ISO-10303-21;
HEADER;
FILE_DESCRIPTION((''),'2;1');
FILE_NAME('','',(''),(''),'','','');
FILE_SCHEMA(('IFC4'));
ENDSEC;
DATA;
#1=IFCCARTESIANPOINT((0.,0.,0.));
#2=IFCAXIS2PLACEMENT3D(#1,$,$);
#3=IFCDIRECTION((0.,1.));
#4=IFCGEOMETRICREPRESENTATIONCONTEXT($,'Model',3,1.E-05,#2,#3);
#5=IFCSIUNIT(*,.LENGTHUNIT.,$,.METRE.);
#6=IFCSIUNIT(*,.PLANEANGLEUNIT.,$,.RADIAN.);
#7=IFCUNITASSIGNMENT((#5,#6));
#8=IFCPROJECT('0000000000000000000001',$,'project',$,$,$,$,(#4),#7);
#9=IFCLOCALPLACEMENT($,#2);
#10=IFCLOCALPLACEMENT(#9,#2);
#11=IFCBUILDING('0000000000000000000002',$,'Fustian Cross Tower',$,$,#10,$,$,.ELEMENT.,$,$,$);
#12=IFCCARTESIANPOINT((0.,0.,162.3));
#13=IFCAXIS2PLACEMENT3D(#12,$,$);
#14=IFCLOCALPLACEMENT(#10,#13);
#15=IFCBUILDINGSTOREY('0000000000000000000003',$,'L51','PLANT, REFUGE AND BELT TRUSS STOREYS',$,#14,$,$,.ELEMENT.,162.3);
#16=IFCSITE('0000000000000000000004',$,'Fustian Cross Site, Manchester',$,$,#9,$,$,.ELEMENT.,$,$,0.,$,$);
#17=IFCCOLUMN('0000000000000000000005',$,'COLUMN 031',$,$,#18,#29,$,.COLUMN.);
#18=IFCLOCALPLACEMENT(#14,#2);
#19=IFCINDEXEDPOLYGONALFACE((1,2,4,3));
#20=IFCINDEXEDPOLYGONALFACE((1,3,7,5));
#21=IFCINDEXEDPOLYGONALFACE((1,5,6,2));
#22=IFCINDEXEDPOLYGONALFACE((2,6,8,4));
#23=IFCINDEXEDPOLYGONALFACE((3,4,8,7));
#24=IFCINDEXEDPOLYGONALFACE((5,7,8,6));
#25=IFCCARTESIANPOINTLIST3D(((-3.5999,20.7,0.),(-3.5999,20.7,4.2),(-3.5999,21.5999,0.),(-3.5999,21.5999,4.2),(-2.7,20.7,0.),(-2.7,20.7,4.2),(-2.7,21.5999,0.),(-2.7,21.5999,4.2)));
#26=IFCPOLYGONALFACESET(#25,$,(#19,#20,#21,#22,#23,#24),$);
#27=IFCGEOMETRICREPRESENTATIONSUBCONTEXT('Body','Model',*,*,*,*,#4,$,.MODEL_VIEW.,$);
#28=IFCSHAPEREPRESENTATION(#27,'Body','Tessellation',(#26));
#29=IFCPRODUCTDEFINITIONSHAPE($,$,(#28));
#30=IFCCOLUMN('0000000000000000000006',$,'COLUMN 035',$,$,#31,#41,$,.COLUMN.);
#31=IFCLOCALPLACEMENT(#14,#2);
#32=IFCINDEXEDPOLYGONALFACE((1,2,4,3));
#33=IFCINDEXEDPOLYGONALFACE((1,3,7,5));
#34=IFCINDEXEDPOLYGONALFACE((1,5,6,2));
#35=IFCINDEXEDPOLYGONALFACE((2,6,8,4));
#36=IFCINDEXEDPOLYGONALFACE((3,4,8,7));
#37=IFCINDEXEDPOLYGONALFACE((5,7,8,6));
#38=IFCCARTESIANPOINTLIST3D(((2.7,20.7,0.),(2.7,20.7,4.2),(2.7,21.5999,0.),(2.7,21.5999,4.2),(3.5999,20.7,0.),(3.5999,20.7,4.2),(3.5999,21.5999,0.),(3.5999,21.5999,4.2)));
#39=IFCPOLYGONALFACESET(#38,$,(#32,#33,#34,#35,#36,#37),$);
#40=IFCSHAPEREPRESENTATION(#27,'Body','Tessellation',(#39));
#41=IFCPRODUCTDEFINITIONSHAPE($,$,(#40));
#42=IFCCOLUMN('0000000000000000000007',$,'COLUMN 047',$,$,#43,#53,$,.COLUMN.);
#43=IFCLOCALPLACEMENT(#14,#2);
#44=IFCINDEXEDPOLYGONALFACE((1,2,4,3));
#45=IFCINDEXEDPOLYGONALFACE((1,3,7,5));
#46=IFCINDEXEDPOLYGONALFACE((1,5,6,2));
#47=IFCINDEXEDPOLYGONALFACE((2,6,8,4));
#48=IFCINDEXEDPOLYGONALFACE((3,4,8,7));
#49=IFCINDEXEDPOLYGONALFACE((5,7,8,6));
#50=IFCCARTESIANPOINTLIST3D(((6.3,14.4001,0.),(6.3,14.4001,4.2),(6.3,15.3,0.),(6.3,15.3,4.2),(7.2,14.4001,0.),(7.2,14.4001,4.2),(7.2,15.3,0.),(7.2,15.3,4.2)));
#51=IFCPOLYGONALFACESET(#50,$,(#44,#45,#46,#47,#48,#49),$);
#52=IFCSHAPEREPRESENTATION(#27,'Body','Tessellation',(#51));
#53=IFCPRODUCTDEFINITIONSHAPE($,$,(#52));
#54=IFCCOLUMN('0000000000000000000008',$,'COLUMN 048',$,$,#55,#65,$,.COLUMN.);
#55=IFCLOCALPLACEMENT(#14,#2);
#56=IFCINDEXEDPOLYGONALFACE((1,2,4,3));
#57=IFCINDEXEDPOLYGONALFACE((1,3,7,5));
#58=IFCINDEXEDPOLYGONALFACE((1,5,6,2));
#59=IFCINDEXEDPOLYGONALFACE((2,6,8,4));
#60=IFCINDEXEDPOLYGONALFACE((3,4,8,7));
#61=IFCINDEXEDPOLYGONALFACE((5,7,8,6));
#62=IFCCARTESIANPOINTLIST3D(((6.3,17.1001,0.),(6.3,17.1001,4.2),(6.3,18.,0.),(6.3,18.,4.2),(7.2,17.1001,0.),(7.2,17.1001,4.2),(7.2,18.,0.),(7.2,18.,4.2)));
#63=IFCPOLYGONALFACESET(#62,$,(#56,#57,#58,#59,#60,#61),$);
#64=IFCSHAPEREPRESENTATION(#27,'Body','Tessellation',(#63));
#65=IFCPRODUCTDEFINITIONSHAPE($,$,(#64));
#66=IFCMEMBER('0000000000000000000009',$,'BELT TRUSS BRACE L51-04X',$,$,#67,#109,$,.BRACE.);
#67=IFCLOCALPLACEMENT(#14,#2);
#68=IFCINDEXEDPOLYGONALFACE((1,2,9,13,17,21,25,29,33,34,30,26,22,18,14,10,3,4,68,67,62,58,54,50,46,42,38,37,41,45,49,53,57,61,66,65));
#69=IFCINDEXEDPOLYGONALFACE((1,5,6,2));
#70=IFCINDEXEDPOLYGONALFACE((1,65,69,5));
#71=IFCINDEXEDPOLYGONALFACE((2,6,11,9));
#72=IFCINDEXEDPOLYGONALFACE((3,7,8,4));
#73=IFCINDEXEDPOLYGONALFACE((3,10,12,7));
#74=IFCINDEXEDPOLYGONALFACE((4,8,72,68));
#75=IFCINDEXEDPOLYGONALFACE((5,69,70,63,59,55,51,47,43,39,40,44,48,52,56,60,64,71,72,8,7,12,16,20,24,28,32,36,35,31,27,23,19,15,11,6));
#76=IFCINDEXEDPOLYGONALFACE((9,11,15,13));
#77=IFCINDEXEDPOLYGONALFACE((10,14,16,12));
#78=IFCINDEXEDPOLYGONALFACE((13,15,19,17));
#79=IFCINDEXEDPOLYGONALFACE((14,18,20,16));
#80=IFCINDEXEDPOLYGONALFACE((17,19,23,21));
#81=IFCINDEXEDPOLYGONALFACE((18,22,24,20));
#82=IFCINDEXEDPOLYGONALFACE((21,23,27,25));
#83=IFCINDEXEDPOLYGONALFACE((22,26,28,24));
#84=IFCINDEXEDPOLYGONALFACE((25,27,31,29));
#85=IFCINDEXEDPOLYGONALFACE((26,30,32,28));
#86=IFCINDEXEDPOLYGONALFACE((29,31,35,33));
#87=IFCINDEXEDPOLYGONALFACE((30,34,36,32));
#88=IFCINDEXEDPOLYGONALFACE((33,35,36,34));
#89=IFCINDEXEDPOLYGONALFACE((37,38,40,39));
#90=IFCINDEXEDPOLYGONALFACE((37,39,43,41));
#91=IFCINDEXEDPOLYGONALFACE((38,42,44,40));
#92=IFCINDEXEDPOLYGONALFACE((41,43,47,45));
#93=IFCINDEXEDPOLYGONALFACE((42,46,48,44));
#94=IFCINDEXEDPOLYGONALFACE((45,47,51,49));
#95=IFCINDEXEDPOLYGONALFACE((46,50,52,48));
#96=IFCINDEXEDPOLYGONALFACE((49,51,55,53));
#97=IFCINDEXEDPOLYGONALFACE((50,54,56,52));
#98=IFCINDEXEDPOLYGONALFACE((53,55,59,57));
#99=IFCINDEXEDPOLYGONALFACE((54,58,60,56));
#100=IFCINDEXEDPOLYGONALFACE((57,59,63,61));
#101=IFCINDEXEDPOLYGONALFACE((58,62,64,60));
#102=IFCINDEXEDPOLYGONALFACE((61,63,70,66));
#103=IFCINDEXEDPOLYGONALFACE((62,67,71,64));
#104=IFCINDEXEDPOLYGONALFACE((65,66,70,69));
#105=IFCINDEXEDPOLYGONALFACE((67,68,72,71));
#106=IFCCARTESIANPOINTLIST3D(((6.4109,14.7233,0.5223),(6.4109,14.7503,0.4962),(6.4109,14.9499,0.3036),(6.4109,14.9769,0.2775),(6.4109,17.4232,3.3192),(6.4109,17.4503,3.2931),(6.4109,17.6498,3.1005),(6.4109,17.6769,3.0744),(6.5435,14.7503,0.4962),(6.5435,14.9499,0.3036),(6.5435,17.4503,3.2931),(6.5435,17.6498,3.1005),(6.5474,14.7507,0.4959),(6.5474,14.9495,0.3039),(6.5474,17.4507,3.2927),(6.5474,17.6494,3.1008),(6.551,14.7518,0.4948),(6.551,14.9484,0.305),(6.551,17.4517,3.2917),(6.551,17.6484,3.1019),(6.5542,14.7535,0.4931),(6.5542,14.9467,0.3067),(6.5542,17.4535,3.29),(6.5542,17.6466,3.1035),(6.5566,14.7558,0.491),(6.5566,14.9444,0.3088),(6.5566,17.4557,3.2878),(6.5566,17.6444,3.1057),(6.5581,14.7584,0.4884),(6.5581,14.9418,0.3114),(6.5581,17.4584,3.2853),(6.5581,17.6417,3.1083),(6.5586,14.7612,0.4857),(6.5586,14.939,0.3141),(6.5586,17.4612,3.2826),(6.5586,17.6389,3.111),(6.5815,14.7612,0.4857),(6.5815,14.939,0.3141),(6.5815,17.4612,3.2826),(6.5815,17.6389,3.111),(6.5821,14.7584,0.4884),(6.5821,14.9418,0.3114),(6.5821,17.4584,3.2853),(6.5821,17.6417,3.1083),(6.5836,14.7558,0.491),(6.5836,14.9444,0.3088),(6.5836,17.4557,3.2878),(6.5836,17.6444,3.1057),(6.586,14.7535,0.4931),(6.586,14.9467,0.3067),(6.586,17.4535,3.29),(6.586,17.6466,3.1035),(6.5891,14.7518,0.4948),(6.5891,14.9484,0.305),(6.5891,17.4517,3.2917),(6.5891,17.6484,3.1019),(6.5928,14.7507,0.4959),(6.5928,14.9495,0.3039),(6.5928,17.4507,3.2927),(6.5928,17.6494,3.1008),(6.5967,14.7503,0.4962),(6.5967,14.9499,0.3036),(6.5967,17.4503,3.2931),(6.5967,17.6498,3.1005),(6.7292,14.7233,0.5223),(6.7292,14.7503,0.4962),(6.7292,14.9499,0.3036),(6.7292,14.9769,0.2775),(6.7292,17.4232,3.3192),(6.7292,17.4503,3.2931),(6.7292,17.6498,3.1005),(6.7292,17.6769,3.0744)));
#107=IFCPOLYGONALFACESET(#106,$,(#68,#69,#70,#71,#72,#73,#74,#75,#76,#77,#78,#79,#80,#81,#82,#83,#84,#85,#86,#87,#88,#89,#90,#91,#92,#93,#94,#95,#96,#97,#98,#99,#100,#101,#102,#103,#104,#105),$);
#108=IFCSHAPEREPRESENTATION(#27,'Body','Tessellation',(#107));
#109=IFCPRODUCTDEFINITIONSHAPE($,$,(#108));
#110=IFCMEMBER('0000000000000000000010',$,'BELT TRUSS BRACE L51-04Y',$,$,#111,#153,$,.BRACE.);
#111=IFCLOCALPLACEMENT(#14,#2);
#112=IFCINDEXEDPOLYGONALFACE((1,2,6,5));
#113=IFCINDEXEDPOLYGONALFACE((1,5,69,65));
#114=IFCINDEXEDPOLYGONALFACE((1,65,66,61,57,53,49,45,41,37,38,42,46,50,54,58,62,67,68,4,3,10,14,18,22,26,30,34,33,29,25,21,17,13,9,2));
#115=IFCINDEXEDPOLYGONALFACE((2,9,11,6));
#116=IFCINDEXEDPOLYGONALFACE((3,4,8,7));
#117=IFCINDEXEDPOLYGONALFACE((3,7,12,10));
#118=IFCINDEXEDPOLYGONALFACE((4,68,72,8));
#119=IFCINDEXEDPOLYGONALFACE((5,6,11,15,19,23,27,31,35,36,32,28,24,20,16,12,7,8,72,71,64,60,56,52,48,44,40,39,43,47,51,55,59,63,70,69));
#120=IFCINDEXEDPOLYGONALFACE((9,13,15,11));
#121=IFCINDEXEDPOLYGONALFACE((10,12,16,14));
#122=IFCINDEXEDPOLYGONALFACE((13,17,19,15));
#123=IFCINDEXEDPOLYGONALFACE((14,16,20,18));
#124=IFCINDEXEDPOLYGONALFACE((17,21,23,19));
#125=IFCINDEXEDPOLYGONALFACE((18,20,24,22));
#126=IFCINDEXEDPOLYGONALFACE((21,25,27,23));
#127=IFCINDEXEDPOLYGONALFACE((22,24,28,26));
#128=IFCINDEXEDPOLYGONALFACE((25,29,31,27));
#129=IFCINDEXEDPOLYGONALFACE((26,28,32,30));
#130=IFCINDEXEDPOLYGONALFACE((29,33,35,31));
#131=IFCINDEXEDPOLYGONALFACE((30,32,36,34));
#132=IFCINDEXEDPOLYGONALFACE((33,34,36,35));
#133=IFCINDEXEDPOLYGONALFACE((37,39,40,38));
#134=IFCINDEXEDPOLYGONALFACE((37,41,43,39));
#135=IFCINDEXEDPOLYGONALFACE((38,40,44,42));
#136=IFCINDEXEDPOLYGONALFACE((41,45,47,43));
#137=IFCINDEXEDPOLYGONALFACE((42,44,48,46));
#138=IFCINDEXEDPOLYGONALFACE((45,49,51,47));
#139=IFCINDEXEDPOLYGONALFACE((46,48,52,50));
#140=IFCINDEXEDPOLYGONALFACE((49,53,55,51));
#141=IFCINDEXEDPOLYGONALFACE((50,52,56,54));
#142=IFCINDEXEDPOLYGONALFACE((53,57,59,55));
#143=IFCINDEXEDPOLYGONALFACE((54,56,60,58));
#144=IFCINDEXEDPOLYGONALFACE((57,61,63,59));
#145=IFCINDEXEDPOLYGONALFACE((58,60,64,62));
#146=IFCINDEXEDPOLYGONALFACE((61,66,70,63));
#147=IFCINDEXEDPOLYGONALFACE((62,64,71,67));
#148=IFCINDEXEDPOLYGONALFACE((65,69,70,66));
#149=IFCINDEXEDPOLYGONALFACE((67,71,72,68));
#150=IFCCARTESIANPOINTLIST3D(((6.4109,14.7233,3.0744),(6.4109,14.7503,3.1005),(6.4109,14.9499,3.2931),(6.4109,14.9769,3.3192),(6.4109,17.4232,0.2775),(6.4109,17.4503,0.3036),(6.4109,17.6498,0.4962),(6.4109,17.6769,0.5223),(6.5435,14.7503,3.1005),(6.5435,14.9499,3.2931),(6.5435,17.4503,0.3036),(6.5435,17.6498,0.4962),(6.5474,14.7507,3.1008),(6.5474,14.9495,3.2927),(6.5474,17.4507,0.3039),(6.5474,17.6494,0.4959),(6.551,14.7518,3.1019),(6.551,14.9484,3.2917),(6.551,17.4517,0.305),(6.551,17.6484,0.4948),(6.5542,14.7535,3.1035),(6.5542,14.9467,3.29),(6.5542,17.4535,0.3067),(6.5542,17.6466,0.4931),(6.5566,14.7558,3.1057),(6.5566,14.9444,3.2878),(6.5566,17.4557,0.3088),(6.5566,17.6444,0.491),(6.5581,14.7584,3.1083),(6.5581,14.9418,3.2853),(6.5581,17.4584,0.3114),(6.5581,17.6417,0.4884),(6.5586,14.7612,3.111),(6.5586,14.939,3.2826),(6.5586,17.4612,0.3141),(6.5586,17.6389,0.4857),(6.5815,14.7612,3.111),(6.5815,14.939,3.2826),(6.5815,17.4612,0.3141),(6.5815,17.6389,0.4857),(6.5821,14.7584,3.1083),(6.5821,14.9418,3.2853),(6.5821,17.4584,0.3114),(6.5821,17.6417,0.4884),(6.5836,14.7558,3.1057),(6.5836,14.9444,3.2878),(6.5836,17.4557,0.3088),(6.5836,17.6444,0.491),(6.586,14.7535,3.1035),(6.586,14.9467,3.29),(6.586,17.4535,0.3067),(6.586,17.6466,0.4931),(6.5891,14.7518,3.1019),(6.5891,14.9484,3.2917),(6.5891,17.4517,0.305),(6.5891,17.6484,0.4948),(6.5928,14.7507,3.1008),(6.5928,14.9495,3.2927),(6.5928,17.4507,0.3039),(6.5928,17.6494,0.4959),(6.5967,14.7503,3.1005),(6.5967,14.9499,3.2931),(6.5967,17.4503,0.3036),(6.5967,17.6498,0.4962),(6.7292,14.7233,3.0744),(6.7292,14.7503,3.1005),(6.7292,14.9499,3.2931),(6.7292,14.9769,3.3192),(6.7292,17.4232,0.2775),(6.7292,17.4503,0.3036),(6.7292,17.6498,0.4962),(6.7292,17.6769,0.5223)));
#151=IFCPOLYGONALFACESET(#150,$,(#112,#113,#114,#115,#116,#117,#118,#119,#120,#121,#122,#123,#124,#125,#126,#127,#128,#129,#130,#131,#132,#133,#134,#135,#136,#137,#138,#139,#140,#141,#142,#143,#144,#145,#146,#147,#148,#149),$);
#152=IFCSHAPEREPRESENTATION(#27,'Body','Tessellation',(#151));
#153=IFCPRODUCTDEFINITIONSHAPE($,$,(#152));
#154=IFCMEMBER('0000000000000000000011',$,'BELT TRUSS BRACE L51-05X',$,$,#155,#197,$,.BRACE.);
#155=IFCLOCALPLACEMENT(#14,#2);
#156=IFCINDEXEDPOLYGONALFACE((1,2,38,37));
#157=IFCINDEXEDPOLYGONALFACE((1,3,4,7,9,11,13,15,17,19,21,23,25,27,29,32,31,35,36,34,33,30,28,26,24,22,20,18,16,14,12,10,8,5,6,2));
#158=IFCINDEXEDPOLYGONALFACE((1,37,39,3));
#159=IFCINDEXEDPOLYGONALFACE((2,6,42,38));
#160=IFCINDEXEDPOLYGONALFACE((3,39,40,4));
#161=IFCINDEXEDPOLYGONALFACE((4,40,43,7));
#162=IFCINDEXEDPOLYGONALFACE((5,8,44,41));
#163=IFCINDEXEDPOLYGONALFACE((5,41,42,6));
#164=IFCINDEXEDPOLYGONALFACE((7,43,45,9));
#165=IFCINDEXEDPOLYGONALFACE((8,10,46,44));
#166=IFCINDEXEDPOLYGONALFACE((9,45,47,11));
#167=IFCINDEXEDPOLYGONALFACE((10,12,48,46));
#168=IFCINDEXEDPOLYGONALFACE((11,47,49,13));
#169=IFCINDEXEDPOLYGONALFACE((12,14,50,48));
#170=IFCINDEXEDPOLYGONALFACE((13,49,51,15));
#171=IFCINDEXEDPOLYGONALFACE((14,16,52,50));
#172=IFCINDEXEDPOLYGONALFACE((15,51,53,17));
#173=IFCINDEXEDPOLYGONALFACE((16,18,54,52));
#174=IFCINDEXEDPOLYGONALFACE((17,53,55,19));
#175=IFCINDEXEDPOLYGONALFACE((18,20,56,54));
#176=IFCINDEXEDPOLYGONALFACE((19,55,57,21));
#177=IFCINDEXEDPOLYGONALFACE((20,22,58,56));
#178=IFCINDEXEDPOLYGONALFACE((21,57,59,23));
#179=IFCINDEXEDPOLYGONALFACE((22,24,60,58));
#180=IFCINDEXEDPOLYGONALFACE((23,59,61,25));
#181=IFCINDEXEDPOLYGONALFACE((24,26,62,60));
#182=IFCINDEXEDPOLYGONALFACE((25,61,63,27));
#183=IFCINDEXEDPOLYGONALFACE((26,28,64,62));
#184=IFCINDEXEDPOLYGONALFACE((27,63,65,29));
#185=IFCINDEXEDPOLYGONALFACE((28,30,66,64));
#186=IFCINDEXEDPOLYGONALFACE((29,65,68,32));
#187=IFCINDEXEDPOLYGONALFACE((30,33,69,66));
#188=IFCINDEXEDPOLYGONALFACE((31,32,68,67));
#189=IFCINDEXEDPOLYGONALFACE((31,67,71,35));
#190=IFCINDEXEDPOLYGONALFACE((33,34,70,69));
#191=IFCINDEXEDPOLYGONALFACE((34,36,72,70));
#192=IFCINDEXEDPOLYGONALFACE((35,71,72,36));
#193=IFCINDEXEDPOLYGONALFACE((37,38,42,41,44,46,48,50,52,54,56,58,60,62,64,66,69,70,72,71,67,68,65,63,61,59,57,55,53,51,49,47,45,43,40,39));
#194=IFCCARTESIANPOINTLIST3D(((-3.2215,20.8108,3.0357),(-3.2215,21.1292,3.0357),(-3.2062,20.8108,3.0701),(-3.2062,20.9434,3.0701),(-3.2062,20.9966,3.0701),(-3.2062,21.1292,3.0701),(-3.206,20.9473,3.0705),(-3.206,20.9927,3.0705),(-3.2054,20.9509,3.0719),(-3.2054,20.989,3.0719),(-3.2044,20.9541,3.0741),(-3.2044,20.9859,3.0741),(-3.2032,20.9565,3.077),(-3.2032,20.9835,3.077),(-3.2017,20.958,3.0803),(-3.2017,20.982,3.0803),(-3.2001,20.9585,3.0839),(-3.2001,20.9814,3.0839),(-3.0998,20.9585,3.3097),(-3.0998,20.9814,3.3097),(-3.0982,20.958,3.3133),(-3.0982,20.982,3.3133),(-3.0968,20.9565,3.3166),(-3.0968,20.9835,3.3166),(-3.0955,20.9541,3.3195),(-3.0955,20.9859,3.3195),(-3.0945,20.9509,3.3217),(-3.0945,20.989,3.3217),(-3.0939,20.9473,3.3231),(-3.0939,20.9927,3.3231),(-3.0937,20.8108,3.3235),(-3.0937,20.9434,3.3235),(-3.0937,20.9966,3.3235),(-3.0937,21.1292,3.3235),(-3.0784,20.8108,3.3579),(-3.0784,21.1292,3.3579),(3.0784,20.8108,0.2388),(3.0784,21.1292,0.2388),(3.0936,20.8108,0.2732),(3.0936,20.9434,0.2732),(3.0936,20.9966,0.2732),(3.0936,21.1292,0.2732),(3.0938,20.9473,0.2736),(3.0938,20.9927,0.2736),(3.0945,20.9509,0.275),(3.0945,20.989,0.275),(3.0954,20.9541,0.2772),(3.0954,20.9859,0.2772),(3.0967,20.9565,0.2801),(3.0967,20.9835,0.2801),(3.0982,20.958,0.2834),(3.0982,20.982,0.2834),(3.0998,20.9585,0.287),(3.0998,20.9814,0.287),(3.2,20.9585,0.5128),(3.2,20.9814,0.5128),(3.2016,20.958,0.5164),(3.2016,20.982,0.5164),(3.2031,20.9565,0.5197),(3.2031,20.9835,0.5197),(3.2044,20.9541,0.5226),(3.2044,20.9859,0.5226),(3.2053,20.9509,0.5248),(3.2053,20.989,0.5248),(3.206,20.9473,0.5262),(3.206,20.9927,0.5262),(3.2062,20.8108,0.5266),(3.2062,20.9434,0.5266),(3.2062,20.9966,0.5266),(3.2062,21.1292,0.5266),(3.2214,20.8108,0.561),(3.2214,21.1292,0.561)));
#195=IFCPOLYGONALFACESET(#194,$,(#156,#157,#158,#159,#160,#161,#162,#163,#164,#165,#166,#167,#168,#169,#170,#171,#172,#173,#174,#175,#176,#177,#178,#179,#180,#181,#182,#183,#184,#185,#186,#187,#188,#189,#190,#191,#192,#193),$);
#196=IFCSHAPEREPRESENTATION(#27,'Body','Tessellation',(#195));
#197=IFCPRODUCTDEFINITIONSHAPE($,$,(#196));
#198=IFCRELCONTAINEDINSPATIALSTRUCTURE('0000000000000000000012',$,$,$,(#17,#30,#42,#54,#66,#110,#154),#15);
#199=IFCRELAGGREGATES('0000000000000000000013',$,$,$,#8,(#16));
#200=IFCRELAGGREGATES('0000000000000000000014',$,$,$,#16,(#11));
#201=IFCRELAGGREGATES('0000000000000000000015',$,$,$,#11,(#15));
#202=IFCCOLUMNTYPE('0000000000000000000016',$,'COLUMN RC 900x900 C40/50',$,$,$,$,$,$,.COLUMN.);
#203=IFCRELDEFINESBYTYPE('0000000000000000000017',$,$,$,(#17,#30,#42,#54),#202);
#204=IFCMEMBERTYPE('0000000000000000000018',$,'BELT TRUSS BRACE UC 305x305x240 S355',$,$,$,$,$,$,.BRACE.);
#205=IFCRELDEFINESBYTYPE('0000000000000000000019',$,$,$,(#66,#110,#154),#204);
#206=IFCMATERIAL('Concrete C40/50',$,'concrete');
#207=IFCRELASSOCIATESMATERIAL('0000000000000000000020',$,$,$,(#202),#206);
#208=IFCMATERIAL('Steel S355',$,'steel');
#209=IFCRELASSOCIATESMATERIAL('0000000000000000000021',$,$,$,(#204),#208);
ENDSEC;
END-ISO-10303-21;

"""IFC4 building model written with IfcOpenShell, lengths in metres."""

from ifc_helpers import new_model, si_unit, direction, frame, origin, origin_2d, place, context, subcontext, project, spatial, rectangle, i_section, extrude, material, material_profile, profile_set, type_object, element, save


model = new_model("IFC4")

# Units and contexts
model_context = context("Model", 3, precision=1e-05, world=origin(), true_north=direction((0.0, 1.0)))
body_context = subcontext(model_context, "Body", "Model", "MODEL_VIEW")
ifc_project = project(units=[si_unit("LENGTHUNIT", "METRE"), si_unit("PLANEANGLEUNIT", "RADIAN")], contexts=[model_context])

# Site, building, storey
site_placement = place(None, origin())
site = spatial("IfcSite", under=ifc_project, at=site_placement, Name="Fustian Cross Site, Manchester", CompositionType="ELEMENT", RefElevation=0.0)
building_placement = place(site_placement, origin())
building = spatial("IfcBuilding", under=site, at=building_placement, Name="Fustian Cross Tower", CompositionType="ELEMENT")
storey_placement = place(building_placement, frame((0.0, 0.0, 162.3)))
storey = spatial("IfcBuildingStorey", under=building, at=storey_placement, Name="L51", Description="PLANT, REFUGE AND BELT TRUSS STOREYS", CompositionType="ELEMENT", Elevation=162.3)

# Columns
ifc_material_1 = material(Name="Concrete C40/50", Category="concrete")
ifc_material_profile_1 = material_profile(ifc_material_1, rectangle(XDim=0.8999, YDim=0.8999, at=origin_2d()), Name="RC 900x900")
ifc_profile_set_1 = profile_set([ifc_material_profile_1], Name="Concrete C40/50")
column_type = type_object("IfcColumnType", Name="COLUMN RC 900x900 C40/50", PredefinedType="COLUMN", material=ifc_profile_set_1)
for number, where, z_axis, x_axis, name in (
    (1, (-3.1499, 21.1499, 0.0), (0.0, 0.0, 1.0), (1.0, 0.0, 0.0), "COLUMN 031"),
    (2, (3.1499, 21.1499, 0.0), (0.0, 0.0, 1.0), (1.0, 0.0, 0.0), "COLUMN 035"),
    (3, (6.75, 14.8501, 0.0), (0.0, 0.0, 1.0), (1.0, 0.0, 0.0), "COLUMN 047"),
    (4, (6.75, 17.55, 0.0), (0.0, 0.0, 1.0), (1.0, 0.0, 0.0), "COLUMN 048"),
):
    element("IfcColumn", number, at=place(storey_placement, frame(where, z_axis=z_axis, x_axis=x_axis)), inside=storey, type_object=column_type, Name=name, PredefinedType="COLUMN", context=body_context, shape_type="SweptSolid", body=[
        extrude(rectangle(XDim=0.8999, YDim=0.8999, at=origin_2d()), origin(), (0.0, 0.0, 1.0), 4.2),
    ])

# Members
ifc_material_2 = material(Name="Steel S355", Category="steel")
ifc_material_profile_2 = material_profile(ifc_material_2, i_section(OverallWidth=0.3184, OverallDepth=0.3525, WebThickness=0.0229, FlangeThickness=0.0376, FilletRadius=0.0151, at=origin_2d()), Name="UC 305x305x240")
ifc_profile_set_2 = profile_set([ifc_material_profile_2], Name="Steel S355")
member_type_1 = type_object("IfcMemberType", Name="BELT TRUSS BRACE UC 305x305x240 S355", PredefinedType="BRACE", material=ifc_profile_set_2)
for number, where, z_axis, x_axis, name in (
    (5, (6.5701, 14.8501, 0.3999), (0.0, 0.694531, 0.719463), (-1.0, 0.0, 0.0), "BELT TRUSS BRACE L51-04X"),
    (6, (6.5701, 14.8501, 3.1968), (0.0, 0.694531, -0.719463), (-1.0, 0.0, 0.0), "BELT TRUSS BRACE L51-04Y"),
):
    element("IfcMember", number, at=place(storey_placement, frame(where, z_axis=z_axis, x_axis=x_axis)), inside=storey, type_object=member_type_1, Name=name, PredefinedType="BRACE", context=body_context, shape_type="SweptSolid", body=[
        extrude(i_section(OverallWidth=0.3184, OverallDepth=0.3525, WebThickness=0.0229, FlangeThickness=0.0376, FilletRadius=0.0151, at=origin_2d()), origin(), (0.0, 0.0, 1.0), 3.8875),
    ])
for number, where, z_axis, x_axis, name in (
    (7, (3.1499, 20.97, 0.3999), (-0.913975, 0.0, 0.40577), (0.0, -1.0, 0.0), "BELT TRUSS BRACE L51-05X"),
):
    element("IfcMember", number, at=place(storey_placement, frame(where, z_axis=z_axis, x_axis=x_axis)), inside=storey, type_object=member_type_1, Name=name, PredefinedType="BRACE", context=body_context, shape_type="SweptSolid", body=[
        extrude(i_section(OverallWidth=0.3184, OverallDepth=0.3525, WebThickness=0.0229, FlangeThickness=0.0376, FilletRadius=0.0151, at=origin_2d()), origin(), (0.0, 0.0, 1.0), 6.8928),
    ])

save(model, "model.ifc")
